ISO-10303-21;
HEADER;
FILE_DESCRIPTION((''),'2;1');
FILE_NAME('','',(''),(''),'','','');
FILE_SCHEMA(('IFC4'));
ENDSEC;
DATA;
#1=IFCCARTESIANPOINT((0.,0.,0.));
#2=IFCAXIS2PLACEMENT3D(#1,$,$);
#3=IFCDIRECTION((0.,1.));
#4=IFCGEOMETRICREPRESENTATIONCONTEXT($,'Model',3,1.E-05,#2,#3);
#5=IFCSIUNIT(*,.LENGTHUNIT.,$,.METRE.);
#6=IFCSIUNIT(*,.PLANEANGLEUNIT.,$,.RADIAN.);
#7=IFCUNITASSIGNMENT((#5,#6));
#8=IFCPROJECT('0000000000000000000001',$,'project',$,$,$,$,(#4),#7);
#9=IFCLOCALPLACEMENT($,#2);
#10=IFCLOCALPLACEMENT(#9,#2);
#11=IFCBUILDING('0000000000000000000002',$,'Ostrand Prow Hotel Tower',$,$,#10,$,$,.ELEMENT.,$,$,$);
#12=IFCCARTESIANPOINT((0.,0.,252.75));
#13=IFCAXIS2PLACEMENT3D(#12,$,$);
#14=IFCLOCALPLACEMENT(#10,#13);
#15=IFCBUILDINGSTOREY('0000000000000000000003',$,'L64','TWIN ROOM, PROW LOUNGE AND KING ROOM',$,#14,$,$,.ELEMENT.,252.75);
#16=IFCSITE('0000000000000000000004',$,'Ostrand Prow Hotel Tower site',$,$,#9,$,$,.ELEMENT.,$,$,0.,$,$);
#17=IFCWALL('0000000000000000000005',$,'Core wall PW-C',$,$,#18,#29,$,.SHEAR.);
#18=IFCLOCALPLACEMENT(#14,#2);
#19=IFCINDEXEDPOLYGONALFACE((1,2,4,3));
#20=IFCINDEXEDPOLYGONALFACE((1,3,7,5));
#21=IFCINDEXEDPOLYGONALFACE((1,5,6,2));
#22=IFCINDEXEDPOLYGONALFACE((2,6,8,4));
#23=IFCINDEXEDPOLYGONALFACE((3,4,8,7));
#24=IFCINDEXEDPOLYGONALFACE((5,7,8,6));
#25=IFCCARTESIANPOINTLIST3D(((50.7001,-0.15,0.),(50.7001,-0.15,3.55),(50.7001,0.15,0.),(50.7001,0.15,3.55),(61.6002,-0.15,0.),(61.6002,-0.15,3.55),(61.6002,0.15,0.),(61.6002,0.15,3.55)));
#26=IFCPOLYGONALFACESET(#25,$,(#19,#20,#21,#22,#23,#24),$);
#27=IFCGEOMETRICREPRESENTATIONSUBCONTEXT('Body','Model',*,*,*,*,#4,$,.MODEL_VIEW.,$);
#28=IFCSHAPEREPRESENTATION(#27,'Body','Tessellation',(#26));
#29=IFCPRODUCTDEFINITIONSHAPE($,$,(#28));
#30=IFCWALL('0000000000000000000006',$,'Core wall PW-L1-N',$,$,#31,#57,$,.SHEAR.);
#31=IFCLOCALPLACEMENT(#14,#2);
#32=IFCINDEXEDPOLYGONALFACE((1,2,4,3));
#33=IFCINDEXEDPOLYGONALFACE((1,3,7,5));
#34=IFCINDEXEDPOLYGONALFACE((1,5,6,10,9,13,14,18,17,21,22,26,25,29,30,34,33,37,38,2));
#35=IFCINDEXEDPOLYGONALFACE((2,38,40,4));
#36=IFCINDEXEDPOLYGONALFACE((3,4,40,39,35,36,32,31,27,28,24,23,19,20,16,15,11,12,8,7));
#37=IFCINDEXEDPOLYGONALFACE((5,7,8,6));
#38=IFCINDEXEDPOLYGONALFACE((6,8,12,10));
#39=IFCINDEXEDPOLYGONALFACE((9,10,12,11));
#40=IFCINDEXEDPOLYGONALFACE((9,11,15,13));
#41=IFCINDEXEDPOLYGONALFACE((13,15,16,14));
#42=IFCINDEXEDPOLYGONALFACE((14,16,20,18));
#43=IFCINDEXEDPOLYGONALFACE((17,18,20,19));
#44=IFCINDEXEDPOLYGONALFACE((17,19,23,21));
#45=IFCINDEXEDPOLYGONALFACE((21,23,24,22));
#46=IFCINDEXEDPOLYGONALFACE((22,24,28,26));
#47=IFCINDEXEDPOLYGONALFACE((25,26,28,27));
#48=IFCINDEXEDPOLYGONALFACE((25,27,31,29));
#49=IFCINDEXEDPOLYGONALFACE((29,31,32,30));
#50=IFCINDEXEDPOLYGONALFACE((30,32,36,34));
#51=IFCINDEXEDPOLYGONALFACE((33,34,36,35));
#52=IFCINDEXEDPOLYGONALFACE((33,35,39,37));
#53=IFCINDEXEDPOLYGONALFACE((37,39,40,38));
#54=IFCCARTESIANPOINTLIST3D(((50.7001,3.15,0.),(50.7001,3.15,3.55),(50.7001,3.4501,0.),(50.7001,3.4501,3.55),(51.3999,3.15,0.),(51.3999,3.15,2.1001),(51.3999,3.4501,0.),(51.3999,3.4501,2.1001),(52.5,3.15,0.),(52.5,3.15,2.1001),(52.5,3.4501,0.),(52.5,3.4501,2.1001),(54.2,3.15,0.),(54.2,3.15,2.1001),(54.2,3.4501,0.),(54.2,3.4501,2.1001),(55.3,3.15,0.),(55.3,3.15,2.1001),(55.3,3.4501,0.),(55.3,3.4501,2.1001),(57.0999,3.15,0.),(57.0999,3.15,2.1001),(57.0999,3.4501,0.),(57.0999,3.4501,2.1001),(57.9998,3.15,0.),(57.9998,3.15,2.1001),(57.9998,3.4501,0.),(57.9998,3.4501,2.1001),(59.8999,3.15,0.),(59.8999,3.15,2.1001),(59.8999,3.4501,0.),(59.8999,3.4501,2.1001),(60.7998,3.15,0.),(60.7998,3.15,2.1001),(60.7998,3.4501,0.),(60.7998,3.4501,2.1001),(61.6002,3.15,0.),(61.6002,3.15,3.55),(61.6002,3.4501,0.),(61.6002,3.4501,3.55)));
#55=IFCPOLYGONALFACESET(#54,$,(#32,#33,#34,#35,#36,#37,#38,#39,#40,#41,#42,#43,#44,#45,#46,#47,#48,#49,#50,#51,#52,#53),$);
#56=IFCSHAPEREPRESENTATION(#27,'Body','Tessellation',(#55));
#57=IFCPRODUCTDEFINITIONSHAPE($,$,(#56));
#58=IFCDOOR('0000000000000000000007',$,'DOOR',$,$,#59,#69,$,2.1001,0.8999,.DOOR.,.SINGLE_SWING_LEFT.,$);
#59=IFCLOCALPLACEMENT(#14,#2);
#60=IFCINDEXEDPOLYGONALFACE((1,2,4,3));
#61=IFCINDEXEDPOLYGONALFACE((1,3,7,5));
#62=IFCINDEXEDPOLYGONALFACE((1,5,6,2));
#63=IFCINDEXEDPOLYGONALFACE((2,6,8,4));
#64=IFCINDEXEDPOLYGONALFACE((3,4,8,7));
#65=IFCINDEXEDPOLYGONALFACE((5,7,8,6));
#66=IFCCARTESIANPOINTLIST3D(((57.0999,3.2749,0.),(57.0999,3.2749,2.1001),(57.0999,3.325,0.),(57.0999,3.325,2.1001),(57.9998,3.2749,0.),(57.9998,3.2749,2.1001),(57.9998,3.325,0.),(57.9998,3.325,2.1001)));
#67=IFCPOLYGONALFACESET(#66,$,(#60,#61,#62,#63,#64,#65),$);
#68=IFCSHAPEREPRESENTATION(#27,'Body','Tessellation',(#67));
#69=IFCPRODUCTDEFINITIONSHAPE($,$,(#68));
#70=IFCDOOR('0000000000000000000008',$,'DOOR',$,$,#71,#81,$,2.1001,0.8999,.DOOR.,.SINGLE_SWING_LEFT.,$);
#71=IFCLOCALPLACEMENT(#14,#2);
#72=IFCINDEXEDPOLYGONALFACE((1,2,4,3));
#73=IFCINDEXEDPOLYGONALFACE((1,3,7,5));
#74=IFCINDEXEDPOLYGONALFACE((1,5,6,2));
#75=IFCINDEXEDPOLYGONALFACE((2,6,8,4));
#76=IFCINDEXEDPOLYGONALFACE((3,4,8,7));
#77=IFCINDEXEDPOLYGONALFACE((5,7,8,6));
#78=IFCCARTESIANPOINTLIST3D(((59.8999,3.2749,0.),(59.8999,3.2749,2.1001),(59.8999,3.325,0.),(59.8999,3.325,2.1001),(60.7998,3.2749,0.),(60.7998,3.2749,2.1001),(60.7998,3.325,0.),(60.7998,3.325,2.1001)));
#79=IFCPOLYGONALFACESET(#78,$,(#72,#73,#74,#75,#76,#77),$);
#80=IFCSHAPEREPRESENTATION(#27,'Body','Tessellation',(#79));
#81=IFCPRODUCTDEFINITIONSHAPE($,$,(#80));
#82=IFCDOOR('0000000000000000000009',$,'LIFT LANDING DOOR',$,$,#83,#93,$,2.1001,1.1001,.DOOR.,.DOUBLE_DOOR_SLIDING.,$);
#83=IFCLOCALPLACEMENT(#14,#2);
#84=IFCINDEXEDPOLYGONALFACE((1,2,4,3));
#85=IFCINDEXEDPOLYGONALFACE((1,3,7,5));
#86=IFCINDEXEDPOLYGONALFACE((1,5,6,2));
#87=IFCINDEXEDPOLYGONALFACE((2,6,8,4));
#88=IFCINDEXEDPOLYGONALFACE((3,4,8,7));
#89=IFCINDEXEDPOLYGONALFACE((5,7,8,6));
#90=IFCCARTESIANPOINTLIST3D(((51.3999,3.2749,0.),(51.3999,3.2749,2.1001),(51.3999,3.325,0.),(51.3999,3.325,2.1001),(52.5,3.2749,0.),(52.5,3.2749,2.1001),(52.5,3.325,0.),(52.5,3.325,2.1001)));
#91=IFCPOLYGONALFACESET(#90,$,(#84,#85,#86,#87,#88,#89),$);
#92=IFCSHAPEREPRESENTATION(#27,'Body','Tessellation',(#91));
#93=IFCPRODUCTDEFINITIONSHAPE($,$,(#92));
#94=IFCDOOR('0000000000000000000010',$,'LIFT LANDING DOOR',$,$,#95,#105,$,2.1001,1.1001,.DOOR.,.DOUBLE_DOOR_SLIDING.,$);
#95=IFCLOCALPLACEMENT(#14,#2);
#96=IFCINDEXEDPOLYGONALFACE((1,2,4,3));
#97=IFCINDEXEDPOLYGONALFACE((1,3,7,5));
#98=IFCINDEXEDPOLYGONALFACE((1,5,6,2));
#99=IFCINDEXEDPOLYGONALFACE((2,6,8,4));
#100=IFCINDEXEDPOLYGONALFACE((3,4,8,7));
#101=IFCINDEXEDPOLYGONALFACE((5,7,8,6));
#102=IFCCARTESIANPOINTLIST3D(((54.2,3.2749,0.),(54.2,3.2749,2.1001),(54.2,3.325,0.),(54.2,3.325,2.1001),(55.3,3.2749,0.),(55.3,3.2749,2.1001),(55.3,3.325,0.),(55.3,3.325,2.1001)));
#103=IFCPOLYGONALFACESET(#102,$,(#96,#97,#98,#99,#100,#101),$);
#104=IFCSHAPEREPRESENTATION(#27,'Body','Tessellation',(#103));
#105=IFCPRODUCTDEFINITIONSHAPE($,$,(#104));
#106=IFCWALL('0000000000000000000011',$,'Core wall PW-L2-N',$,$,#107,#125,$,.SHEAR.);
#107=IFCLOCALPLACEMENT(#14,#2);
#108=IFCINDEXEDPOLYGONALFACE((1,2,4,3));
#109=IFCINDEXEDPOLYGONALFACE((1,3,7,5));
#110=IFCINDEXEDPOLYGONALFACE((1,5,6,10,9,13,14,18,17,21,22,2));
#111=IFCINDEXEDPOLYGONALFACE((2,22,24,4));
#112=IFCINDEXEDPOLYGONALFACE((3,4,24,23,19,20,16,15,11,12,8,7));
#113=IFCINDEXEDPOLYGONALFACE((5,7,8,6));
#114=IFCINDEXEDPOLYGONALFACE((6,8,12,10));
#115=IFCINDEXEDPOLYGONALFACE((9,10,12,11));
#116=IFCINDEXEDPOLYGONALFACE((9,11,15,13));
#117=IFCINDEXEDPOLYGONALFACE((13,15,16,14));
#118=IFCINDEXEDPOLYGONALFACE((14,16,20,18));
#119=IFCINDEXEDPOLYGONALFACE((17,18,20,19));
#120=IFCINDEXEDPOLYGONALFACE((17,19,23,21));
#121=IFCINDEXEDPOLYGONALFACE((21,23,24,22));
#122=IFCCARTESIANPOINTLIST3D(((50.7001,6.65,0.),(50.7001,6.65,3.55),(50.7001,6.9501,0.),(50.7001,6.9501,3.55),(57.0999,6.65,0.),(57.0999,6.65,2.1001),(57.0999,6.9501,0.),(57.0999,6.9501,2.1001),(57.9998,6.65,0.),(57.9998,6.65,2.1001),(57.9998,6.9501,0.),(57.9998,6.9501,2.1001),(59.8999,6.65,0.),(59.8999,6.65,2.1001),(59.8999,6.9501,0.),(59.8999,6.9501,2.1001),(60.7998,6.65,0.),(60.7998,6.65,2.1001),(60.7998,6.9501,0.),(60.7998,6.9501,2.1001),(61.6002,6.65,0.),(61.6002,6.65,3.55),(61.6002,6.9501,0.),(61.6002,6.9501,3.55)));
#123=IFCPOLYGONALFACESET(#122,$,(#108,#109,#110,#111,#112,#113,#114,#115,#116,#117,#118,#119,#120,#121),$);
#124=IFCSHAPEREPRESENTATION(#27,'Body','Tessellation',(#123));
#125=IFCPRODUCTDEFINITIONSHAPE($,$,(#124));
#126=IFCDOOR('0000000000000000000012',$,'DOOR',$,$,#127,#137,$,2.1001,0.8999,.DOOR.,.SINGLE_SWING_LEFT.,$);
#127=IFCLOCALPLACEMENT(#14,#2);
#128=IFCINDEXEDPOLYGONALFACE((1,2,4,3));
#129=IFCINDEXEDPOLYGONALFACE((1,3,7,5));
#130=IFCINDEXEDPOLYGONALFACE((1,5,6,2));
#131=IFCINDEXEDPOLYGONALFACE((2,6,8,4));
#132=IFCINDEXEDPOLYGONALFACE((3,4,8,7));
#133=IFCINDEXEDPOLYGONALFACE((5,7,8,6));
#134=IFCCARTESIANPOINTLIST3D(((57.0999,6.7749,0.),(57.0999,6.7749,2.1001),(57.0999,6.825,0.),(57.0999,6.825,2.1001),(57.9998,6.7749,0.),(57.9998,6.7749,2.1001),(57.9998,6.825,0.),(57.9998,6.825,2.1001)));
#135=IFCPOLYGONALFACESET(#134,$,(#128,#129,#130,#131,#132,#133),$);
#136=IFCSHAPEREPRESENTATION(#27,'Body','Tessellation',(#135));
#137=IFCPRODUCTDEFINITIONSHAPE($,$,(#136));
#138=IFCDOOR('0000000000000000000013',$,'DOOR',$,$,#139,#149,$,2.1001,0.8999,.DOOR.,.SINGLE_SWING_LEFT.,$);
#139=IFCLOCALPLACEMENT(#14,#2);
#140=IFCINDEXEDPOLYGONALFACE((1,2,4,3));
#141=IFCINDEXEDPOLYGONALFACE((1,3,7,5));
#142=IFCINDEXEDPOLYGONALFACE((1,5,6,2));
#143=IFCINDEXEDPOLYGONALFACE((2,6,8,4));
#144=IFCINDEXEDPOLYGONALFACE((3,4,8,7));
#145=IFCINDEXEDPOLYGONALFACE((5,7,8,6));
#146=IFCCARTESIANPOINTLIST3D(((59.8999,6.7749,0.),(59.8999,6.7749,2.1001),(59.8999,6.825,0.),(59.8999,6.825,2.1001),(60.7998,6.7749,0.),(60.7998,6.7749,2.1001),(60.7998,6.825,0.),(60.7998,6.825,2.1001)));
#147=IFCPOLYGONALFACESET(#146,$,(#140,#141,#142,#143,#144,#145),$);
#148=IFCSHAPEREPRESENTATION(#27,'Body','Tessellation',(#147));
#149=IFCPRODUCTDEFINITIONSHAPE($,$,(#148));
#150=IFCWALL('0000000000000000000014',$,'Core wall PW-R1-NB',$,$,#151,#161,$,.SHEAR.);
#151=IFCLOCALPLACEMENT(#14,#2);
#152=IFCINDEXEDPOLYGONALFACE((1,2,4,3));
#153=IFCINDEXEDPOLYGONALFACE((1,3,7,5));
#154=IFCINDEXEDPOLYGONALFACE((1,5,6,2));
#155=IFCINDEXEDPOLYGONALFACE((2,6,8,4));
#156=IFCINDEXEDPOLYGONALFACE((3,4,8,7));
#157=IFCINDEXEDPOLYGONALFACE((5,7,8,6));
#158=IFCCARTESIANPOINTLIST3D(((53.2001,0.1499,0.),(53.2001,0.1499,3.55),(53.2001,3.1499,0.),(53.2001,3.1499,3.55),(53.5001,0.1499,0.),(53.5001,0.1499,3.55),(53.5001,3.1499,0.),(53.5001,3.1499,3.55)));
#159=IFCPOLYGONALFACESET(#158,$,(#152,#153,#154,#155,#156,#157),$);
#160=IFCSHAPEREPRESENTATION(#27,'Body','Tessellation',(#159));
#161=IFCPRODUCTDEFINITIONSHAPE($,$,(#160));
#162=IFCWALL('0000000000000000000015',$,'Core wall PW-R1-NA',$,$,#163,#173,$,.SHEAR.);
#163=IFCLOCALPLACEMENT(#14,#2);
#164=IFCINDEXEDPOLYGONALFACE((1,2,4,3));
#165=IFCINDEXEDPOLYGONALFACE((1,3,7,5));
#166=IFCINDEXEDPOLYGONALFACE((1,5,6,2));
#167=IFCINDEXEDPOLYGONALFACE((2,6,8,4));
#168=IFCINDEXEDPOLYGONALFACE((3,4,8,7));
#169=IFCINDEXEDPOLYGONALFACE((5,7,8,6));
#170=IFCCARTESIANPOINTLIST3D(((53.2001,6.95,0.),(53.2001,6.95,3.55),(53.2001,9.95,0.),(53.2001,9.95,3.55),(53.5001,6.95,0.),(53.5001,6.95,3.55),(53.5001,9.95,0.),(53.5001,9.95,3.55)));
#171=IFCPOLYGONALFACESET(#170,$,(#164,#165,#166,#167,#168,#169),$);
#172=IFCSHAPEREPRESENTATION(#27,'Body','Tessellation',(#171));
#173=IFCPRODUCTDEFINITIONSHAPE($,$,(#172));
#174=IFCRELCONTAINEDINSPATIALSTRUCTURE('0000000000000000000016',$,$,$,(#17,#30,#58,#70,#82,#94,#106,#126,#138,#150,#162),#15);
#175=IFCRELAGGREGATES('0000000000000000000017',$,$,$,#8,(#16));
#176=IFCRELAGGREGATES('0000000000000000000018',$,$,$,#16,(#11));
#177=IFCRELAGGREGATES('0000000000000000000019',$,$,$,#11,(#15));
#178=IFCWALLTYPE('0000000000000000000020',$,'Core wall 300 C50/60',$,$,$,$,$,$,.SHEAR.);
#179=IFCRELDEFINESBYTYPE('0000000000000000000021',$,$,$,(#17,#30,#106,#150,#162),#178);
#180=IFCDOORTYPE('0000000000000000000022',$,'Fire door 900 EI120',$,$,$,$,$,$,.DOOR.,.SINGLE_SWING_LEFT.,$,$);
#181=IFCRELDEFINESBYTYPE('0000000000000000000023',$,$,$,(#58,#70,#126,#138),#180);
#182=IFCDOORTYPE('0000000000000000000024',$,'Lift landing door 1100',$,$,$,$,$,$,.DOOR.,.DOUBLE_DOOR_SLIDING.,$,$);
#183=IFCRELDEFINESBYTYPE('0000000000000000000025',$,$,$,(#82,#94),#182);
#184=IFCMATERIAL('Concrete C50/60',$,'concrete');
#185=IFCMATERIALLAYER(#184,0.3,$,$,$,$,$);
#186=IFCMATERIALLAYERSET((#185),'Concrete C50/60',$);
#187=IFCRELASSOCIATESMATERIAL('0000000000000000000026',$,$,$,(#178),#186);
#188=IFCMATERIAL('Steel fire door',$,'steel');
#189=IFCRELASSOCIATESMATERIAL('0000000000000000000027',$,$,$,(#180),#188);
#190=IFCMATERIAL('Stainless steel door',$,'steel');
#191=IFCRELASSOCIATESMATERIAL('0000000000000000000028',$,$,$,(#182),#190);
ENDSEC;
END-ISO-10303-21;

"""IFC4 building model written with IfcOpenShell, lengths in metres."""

from ifc_helpers import new_model, si_unit, direction, frame, frame_2d, origin, place, context, subcontext, project, spatial, rectangle, extrude, material, layer, layer_set, type_object, element, fill, save


model = new_model("IFC4")

# Units and contexts
model_context = context("Model", 3, precision=1e-05, world=origin(), true_north=direction((0.0, 1.0)))
body_context = subcontext(model_context, "Body", "Model", "MODEL_VIEW")
ifc_project = project(units=[si_unit("LENGTHUNIT", "METRE"), si_unit("PLANEANGLEUNIT", "RADIAN")], contexts=[model_context])

# Site, building, storey
site_placement = place(None, origin())
site = spatial("IfcSite", under=ifc_project, at=site_placement, Name="Ostrand Prow Hotel Tower site", CompositionType="ELEMENT", RefElevation=0.0)
building_placement = place(site_placement, origin())
building = spatial("IfcBuilding", under=site, at=building_placement, Name="Ostrand Prow Hotel Tower", CompositionType="ELEMENT")
storey_placement = place(building_placement, frame((0.0, 0.0, 252.75)))
storey = spatial("IfcBuildingStorey", under=building, at=storey_placement, Name="L64", Description="TWIN ROOM, PROW LOUNGE AND KING ROOM", CompositionType="ELEMENT", Elevation=252.75)

# Wall
ifc_material_1 = material(Name="Concrete C50/60", Category="concrete")
ifc_layer_1 = layer(ifc_material_1, 0.3)
ifc_layer_set_1 = layer_set([ifc_layer_1], Name="Concrete C50/60")
wall_type_1 = type_object("IfcWallType", Name="Core wall 300 C50/60", PredefinedType="SHEAR", material=ifc_layer_set_1)
wall_1_placement = place(storey_placement, frame((50.7, 0.0, 0.0), z_axis=(0.0, 0.0, 1.0), x_axis=(1.0, 0.0, 0.0)))
element("IfcWall", 1, at=wall_1_placement, inside=storey, type_object=wall_type_1, Name="Core wall PW-C", PredefinedType="SHEAR", context=body_context, shape_type="SweptSolid", body=[
    extrude(rectangle(XDim=10.9001, YDim=0.3, at=frame_2d((5.4502, 0.0))), origin(), (0.0, 0.0, 1.0), 3.55),
])

# Walls, openings, doors
wall_2_placement = place(storey_placement, frame((50.7, 3.3, 0.0), z_axis=(0.0, 0.0, 1.0), x_axis=(1.0, 0.0, 0.0)))
wall_2 = element("IfcWall", 2, at=wall_2_placement, inside=storey, type_object=wall_type_1, Name="Core wall PW-L1-N", PredefinedType="SHEAR", context=body_context, shape_type="SweptSolid", body=[
    extrude(rectangle(XDim=10.9001, YDim=0.3, at=frame_2d((5.4502, 0.0))), origin(), (0.0, 0.0, 1.0), 3.55),
])
opening_1_placement = place(wall_2_placement, frame((0.7, 0.0, 0.0)))
opening_1 = element("IfcOpeningElement", 3, at=opening_1_placement, cuts=wall_2, PredefinedType="OPENING", context=body_context, shape_type="SweptSolid", body=[
    extrude(rectangle(XDim=1.1001, YDim=2.1001, at=frame_2d((0.55, 1.05))), frame((0.0, 0.1599, 0.0), z_axis=(0.0, -1.0, 0.0), x_axis=(1.0, 0.0, 0.0)), (0.0, 0.0, 1.0), 0.3201),
])
opening_2_placement = place(wall_2_placement, frame((3.5, 0.0, 0.0)))
opening_2 = element("IfcOpeningElement", 4, at=opening_2_placement, cuts=wall_2, PredefinedType="OPENING", context=body_context, shape_type="SweptSolid", body=[
    extrude(rectangle(XDim=1.1001, YDim=2.1001, at=frame_2d((0.55, 1.05))), frame((0.0, 0.1599, 0.0), z_axis=(0.0, -1.0, 0.0), x_axis=(1.0, 0.0, 0.0)), (0.0, 0.0, 1.0), 0.3201),
])
opening_3_placement = place(wall_2_placement, frame((6.3999, 0.0, 0.0)))
opening_3 = element("IfcOpeningElement", 5, at=opening_3_placement, cuts=wall_2, PredefinedType="OPENING", context=body_context, shape_type="SweptSolid", body=[
    extrude(rectangle(XDim=0.8999, YDim=2.1001, at=frame_2d((0.45, 1.05))), frame((0.0, 0.1599, 0.0), z_axis=(0.0, -1.0, 0.0), x_axis=(1.0, 0.0, 0.0)), (0.0, 0.0, 1.0), 0.3201),
])
opening_4_placement = place(wall_2_placement, frame((9.2, 0.0, 0.0)))
opening_4 = element("IfcOpeningElement", 6, at=opening_4_placement, cuts=wall_2, PredefinedType="OPENING", context=body_context, shape_type="SweptSolid", body=[
    extrude(rectangle(XDim=0.8999, YDim=2.1001, at=frame_2d((0.45, 1.05))), frame((0.0, 0.1599, 0.0), z_axis=(0.0, -1.0, 0.0), x_axis=(1.0, 0.0, 0.0)), (0.0, 0.0, 1.0), 0.3201),
])
ifc_material_2 = material(Name="Steel fire door", Category="steel")
door_type_1 = type_object("IfcDoorType", Name="Fire door 900 EI120", OperationType="SINGLE_SWING_LEFT", PredefinedType="DOOR", material=ifc_material_2)
door_1_placement = place(opening_3_placement, origin())
door_1 = element("IfcDoor", 7, at=door_1_placement, inside=storey, type_object=door_type_1, Name="DOOR", OperationType="SINGLE_SWING_LEFT", OverallHeight=2.1001, OverallWidth=0.8999, PredefinedType="DOOR", context=body_context, shape_type="SweptSolid", body=[
    extrude(rectangle(XDim=0.8999, YDim=2.1001, at=frame_2d((0.45, 1.05))), frame((0.0, 0.0249, 0.0), z_axis=(0.0, -1.0, 0.0), x_axis=(1.0, 0.0, 0.0)), (0.0, 0.0, 1.0), 0.05),
])
fill(opening_3, door_1)
door_2_placement = place(opening_4_placement, origin())
door_2 = element("IfcDoor", 8, at=door_2_placement, inside=storey, type_object=door_type_1, Name="DOOR", OperationType="SINGLE_SWING_LEFT", OverallHeight=2.1001, OverallWidth=0.8999, PredefinedType="DOOR", context=body_context, shape_type="SweptSolid", body=[
    extrude(rectangle(XDim=0.8999, YDim=2.1001, at=frame_2d((0.45, 1.05))), frame((0.0, 0.0249, 0.0), z_axis=(0.0, -1.0, 0.0), x_axis=(1.0, 0.0, 0.0)), (0.0, 0.0, 1.0), 0.05),
])
fill(opening_4, door_2)
ifc_material_3 = material(Name="Stainless steel door", Category="steel")
door_type_2 = type_object("IfcDoorType", Name="Lift landing door 1100", OperationType="DOUBLE_DOOR_SLIDING", PredefinedType="DOOR", material=ifc_material_3)
door_3_placement = place(opening_1_placement, origin())
door_3 = element("IfcDoor", 9, at=door_3_placement, inside=storey, type_object=door_type_2, Name="LIFT LANDING DOOR", OperationType="DOUBLE_DOOR_SLIDING", OverallHeight=2.1001, OverallWidth=1.1001, PredefinedType="DOOR", context=body_context, shape_type="SweptSolid", body=[
    extrude(rectangle(XDim=1.1001, YDim=2.1001, at=frame_2d((0.55, 1.05))), frame((0.0, 0.0249, 0.0), z_axis=(0.0, -1.0, 0.0), x_axis=(1.0, 0.0, 0.0)), (0.0, 0.0, 1.0), 0.05),
])
fill(opening_1, door_3)
door_4_placement = place(opening_2_placement, origin())
door_4 = element("IfcDoor", 10, at=door_4_placement, inside=storey, type_object=door_type_2, Name="LIFT LANDING DOOR", OperationType="DOUBLE_DOOR_SLIDING", OverallHeight=2.1001, OverallWidth=1.1001, PredefinedType="DOOR", context=body_context, shape_type="SweptSolid", body=[
    extrude(rectangle(XDim=1.1001, YDim=2.1001, at=frame_2d((0.55, 1.05))), frame((0.0, 0.0249, 0.0), z_axis=(0.0, -1.0, 0.0), x_axis=(1.0, 0.0, 0.0)), (0.0, 0.0, 1.0), 0.05),
])
fill(opening_2, door_4)
wall_3_placement = place(storey_placement, frame((50.7, 6.8, 0.0), z_axis=(0.0, 0.0, 1.0), x_axis=(1.0, 0.0, 0.0)))
wall_3 = element("IfcWall", 11, at=wall_3_placement, inside=storey, type_object=wall_type_1, Name="Core wall PW-L2-N", PredefinedType="SHEAR", context=body_context, shape_type="SweptSolid", body=[
    extrude(rectangle(XDim=10.9001, YDim=0.3, at=frame_2d((5.4502, 0.0))), origin(), (0.0, 0.0, 1.0), 3.55),
])
opening_5_placement = place(wall_3_placement, frame((6.3999, 0.0, 0.0)))
opening_5 = element("IfcOpeningElement", 12, at=opening_5_placement, cuts=wall_3, PredefinedType="OPENING", context=body_context, shape_type="SweptSolid", body=[
    extrude(rectangle(XDim=0.8999, YDim=2.1001, at=frame_2d((0.45, 1.05))), frame((0.0, 0.1599, 0.0), z_axis=(0.0, -1.0, 0.0), x_axis=(1.0, 0.0, 0.0)), (0.0, 0.0, 1.0), 0.3201),
])
opening_6_placement = place(wall_3_placement, frame((9.2, 0.0, 0.0)))
opening_6 = element("IfcOpeningElement", 13, at=opening_6_placement, cuts=wall_3, PredefinedType="OPENING", context=body_context, shape_type="SweptSolid", body=[
    extrude(rectangle(XDim=0.8999, YDim=2.1001, at=frame_2d((0.45, 1.05))), frame((0.0, 0.1599, 0.0), z_axis=(0.0, -1.0, 0.0), x_axis=(1.0, 0.0, 0.0)), (0.0, 0.0, 1.0), 0.3201),
])
door_5_placement = place(opening_5_placement, origin())
door_5 = element("IfcDoor", 14, at=door_5_placement, inside=storey, type_object=door_type_1, Name="DOOR", OperationType="SINGLE_SWING_LEFT", OverallHeight=2.1001, OverallWidth=0.8999, PredefinedType="DOOR", context=body_context, shape_type="SweptSolid", body=[
    extrude(rectangle(XDim=0.8999, YDim=2.1001, at=frame_2d((0.45, 1.05))), frame((0.0, 0.0249, 0.0), z_axis=(0.0, -1.0, 0.0), x_axis=(1.0, 0.0, 0.0)), (0.0, 0.0, 1.0), 0.05),
])
fill(opening_5, door_5)
door_6_placement = place(opening_6_placement, origin())
door_6 = element("IfcDoor", 15, at=door_6_placement, inside=storey, type_object=door_type_1, Name="DOOR", OperationType="SINGLE_SWING_LEFT", OverallHeight=2.1001, OverallWidth=0.8999, PredefinedType="DOOR", context=body_context, shape_type="SweptSolid", body=[
    extrude(rectangle(XDim=0.8999, YDim=2.1001, at=frame_2d((0.45, 1.05))), frame((0.0, 0.0249, 0.0), z_axis=(0.0, -1.0, 0.0), x_axis=(1.0, 0.0, 0.0)), (0.0, 0.0, 1.0), 0.05),
])
fill(opening_6, door_6)

# Walls
for number, where, z_axis, x_axis, name in (
    (16, (53.3501, 0.1499, 0.0), (0.0, 0.0, 1.0), (0.0, 1.0, 0.0), "Core wall PW-R1-NB"),
    (17, (53.3501, 6.95, 0.0), (0.0, 0.0, 1.0), (0.0, 1.0, 0.0), "Core wall PW-R1-NA"),
):
    element("IfcWall", number, at=place(storey_placement, frame(where, z_axis=z_axis, x_axis=x_axis)), inside=storey, type_object=wall_type_1, Name=name, PredefinedType="SHEAR", context=body_context, shape_type="SweptSolid", body=[
        extrude(rectangle(XDim=3.0, YDim=0.3, at=frame_2d((1.5, 0.0))), origin(), (0.0, 0.0, 1.0), 3.55),
    ])

save(model, "model.ifc")
